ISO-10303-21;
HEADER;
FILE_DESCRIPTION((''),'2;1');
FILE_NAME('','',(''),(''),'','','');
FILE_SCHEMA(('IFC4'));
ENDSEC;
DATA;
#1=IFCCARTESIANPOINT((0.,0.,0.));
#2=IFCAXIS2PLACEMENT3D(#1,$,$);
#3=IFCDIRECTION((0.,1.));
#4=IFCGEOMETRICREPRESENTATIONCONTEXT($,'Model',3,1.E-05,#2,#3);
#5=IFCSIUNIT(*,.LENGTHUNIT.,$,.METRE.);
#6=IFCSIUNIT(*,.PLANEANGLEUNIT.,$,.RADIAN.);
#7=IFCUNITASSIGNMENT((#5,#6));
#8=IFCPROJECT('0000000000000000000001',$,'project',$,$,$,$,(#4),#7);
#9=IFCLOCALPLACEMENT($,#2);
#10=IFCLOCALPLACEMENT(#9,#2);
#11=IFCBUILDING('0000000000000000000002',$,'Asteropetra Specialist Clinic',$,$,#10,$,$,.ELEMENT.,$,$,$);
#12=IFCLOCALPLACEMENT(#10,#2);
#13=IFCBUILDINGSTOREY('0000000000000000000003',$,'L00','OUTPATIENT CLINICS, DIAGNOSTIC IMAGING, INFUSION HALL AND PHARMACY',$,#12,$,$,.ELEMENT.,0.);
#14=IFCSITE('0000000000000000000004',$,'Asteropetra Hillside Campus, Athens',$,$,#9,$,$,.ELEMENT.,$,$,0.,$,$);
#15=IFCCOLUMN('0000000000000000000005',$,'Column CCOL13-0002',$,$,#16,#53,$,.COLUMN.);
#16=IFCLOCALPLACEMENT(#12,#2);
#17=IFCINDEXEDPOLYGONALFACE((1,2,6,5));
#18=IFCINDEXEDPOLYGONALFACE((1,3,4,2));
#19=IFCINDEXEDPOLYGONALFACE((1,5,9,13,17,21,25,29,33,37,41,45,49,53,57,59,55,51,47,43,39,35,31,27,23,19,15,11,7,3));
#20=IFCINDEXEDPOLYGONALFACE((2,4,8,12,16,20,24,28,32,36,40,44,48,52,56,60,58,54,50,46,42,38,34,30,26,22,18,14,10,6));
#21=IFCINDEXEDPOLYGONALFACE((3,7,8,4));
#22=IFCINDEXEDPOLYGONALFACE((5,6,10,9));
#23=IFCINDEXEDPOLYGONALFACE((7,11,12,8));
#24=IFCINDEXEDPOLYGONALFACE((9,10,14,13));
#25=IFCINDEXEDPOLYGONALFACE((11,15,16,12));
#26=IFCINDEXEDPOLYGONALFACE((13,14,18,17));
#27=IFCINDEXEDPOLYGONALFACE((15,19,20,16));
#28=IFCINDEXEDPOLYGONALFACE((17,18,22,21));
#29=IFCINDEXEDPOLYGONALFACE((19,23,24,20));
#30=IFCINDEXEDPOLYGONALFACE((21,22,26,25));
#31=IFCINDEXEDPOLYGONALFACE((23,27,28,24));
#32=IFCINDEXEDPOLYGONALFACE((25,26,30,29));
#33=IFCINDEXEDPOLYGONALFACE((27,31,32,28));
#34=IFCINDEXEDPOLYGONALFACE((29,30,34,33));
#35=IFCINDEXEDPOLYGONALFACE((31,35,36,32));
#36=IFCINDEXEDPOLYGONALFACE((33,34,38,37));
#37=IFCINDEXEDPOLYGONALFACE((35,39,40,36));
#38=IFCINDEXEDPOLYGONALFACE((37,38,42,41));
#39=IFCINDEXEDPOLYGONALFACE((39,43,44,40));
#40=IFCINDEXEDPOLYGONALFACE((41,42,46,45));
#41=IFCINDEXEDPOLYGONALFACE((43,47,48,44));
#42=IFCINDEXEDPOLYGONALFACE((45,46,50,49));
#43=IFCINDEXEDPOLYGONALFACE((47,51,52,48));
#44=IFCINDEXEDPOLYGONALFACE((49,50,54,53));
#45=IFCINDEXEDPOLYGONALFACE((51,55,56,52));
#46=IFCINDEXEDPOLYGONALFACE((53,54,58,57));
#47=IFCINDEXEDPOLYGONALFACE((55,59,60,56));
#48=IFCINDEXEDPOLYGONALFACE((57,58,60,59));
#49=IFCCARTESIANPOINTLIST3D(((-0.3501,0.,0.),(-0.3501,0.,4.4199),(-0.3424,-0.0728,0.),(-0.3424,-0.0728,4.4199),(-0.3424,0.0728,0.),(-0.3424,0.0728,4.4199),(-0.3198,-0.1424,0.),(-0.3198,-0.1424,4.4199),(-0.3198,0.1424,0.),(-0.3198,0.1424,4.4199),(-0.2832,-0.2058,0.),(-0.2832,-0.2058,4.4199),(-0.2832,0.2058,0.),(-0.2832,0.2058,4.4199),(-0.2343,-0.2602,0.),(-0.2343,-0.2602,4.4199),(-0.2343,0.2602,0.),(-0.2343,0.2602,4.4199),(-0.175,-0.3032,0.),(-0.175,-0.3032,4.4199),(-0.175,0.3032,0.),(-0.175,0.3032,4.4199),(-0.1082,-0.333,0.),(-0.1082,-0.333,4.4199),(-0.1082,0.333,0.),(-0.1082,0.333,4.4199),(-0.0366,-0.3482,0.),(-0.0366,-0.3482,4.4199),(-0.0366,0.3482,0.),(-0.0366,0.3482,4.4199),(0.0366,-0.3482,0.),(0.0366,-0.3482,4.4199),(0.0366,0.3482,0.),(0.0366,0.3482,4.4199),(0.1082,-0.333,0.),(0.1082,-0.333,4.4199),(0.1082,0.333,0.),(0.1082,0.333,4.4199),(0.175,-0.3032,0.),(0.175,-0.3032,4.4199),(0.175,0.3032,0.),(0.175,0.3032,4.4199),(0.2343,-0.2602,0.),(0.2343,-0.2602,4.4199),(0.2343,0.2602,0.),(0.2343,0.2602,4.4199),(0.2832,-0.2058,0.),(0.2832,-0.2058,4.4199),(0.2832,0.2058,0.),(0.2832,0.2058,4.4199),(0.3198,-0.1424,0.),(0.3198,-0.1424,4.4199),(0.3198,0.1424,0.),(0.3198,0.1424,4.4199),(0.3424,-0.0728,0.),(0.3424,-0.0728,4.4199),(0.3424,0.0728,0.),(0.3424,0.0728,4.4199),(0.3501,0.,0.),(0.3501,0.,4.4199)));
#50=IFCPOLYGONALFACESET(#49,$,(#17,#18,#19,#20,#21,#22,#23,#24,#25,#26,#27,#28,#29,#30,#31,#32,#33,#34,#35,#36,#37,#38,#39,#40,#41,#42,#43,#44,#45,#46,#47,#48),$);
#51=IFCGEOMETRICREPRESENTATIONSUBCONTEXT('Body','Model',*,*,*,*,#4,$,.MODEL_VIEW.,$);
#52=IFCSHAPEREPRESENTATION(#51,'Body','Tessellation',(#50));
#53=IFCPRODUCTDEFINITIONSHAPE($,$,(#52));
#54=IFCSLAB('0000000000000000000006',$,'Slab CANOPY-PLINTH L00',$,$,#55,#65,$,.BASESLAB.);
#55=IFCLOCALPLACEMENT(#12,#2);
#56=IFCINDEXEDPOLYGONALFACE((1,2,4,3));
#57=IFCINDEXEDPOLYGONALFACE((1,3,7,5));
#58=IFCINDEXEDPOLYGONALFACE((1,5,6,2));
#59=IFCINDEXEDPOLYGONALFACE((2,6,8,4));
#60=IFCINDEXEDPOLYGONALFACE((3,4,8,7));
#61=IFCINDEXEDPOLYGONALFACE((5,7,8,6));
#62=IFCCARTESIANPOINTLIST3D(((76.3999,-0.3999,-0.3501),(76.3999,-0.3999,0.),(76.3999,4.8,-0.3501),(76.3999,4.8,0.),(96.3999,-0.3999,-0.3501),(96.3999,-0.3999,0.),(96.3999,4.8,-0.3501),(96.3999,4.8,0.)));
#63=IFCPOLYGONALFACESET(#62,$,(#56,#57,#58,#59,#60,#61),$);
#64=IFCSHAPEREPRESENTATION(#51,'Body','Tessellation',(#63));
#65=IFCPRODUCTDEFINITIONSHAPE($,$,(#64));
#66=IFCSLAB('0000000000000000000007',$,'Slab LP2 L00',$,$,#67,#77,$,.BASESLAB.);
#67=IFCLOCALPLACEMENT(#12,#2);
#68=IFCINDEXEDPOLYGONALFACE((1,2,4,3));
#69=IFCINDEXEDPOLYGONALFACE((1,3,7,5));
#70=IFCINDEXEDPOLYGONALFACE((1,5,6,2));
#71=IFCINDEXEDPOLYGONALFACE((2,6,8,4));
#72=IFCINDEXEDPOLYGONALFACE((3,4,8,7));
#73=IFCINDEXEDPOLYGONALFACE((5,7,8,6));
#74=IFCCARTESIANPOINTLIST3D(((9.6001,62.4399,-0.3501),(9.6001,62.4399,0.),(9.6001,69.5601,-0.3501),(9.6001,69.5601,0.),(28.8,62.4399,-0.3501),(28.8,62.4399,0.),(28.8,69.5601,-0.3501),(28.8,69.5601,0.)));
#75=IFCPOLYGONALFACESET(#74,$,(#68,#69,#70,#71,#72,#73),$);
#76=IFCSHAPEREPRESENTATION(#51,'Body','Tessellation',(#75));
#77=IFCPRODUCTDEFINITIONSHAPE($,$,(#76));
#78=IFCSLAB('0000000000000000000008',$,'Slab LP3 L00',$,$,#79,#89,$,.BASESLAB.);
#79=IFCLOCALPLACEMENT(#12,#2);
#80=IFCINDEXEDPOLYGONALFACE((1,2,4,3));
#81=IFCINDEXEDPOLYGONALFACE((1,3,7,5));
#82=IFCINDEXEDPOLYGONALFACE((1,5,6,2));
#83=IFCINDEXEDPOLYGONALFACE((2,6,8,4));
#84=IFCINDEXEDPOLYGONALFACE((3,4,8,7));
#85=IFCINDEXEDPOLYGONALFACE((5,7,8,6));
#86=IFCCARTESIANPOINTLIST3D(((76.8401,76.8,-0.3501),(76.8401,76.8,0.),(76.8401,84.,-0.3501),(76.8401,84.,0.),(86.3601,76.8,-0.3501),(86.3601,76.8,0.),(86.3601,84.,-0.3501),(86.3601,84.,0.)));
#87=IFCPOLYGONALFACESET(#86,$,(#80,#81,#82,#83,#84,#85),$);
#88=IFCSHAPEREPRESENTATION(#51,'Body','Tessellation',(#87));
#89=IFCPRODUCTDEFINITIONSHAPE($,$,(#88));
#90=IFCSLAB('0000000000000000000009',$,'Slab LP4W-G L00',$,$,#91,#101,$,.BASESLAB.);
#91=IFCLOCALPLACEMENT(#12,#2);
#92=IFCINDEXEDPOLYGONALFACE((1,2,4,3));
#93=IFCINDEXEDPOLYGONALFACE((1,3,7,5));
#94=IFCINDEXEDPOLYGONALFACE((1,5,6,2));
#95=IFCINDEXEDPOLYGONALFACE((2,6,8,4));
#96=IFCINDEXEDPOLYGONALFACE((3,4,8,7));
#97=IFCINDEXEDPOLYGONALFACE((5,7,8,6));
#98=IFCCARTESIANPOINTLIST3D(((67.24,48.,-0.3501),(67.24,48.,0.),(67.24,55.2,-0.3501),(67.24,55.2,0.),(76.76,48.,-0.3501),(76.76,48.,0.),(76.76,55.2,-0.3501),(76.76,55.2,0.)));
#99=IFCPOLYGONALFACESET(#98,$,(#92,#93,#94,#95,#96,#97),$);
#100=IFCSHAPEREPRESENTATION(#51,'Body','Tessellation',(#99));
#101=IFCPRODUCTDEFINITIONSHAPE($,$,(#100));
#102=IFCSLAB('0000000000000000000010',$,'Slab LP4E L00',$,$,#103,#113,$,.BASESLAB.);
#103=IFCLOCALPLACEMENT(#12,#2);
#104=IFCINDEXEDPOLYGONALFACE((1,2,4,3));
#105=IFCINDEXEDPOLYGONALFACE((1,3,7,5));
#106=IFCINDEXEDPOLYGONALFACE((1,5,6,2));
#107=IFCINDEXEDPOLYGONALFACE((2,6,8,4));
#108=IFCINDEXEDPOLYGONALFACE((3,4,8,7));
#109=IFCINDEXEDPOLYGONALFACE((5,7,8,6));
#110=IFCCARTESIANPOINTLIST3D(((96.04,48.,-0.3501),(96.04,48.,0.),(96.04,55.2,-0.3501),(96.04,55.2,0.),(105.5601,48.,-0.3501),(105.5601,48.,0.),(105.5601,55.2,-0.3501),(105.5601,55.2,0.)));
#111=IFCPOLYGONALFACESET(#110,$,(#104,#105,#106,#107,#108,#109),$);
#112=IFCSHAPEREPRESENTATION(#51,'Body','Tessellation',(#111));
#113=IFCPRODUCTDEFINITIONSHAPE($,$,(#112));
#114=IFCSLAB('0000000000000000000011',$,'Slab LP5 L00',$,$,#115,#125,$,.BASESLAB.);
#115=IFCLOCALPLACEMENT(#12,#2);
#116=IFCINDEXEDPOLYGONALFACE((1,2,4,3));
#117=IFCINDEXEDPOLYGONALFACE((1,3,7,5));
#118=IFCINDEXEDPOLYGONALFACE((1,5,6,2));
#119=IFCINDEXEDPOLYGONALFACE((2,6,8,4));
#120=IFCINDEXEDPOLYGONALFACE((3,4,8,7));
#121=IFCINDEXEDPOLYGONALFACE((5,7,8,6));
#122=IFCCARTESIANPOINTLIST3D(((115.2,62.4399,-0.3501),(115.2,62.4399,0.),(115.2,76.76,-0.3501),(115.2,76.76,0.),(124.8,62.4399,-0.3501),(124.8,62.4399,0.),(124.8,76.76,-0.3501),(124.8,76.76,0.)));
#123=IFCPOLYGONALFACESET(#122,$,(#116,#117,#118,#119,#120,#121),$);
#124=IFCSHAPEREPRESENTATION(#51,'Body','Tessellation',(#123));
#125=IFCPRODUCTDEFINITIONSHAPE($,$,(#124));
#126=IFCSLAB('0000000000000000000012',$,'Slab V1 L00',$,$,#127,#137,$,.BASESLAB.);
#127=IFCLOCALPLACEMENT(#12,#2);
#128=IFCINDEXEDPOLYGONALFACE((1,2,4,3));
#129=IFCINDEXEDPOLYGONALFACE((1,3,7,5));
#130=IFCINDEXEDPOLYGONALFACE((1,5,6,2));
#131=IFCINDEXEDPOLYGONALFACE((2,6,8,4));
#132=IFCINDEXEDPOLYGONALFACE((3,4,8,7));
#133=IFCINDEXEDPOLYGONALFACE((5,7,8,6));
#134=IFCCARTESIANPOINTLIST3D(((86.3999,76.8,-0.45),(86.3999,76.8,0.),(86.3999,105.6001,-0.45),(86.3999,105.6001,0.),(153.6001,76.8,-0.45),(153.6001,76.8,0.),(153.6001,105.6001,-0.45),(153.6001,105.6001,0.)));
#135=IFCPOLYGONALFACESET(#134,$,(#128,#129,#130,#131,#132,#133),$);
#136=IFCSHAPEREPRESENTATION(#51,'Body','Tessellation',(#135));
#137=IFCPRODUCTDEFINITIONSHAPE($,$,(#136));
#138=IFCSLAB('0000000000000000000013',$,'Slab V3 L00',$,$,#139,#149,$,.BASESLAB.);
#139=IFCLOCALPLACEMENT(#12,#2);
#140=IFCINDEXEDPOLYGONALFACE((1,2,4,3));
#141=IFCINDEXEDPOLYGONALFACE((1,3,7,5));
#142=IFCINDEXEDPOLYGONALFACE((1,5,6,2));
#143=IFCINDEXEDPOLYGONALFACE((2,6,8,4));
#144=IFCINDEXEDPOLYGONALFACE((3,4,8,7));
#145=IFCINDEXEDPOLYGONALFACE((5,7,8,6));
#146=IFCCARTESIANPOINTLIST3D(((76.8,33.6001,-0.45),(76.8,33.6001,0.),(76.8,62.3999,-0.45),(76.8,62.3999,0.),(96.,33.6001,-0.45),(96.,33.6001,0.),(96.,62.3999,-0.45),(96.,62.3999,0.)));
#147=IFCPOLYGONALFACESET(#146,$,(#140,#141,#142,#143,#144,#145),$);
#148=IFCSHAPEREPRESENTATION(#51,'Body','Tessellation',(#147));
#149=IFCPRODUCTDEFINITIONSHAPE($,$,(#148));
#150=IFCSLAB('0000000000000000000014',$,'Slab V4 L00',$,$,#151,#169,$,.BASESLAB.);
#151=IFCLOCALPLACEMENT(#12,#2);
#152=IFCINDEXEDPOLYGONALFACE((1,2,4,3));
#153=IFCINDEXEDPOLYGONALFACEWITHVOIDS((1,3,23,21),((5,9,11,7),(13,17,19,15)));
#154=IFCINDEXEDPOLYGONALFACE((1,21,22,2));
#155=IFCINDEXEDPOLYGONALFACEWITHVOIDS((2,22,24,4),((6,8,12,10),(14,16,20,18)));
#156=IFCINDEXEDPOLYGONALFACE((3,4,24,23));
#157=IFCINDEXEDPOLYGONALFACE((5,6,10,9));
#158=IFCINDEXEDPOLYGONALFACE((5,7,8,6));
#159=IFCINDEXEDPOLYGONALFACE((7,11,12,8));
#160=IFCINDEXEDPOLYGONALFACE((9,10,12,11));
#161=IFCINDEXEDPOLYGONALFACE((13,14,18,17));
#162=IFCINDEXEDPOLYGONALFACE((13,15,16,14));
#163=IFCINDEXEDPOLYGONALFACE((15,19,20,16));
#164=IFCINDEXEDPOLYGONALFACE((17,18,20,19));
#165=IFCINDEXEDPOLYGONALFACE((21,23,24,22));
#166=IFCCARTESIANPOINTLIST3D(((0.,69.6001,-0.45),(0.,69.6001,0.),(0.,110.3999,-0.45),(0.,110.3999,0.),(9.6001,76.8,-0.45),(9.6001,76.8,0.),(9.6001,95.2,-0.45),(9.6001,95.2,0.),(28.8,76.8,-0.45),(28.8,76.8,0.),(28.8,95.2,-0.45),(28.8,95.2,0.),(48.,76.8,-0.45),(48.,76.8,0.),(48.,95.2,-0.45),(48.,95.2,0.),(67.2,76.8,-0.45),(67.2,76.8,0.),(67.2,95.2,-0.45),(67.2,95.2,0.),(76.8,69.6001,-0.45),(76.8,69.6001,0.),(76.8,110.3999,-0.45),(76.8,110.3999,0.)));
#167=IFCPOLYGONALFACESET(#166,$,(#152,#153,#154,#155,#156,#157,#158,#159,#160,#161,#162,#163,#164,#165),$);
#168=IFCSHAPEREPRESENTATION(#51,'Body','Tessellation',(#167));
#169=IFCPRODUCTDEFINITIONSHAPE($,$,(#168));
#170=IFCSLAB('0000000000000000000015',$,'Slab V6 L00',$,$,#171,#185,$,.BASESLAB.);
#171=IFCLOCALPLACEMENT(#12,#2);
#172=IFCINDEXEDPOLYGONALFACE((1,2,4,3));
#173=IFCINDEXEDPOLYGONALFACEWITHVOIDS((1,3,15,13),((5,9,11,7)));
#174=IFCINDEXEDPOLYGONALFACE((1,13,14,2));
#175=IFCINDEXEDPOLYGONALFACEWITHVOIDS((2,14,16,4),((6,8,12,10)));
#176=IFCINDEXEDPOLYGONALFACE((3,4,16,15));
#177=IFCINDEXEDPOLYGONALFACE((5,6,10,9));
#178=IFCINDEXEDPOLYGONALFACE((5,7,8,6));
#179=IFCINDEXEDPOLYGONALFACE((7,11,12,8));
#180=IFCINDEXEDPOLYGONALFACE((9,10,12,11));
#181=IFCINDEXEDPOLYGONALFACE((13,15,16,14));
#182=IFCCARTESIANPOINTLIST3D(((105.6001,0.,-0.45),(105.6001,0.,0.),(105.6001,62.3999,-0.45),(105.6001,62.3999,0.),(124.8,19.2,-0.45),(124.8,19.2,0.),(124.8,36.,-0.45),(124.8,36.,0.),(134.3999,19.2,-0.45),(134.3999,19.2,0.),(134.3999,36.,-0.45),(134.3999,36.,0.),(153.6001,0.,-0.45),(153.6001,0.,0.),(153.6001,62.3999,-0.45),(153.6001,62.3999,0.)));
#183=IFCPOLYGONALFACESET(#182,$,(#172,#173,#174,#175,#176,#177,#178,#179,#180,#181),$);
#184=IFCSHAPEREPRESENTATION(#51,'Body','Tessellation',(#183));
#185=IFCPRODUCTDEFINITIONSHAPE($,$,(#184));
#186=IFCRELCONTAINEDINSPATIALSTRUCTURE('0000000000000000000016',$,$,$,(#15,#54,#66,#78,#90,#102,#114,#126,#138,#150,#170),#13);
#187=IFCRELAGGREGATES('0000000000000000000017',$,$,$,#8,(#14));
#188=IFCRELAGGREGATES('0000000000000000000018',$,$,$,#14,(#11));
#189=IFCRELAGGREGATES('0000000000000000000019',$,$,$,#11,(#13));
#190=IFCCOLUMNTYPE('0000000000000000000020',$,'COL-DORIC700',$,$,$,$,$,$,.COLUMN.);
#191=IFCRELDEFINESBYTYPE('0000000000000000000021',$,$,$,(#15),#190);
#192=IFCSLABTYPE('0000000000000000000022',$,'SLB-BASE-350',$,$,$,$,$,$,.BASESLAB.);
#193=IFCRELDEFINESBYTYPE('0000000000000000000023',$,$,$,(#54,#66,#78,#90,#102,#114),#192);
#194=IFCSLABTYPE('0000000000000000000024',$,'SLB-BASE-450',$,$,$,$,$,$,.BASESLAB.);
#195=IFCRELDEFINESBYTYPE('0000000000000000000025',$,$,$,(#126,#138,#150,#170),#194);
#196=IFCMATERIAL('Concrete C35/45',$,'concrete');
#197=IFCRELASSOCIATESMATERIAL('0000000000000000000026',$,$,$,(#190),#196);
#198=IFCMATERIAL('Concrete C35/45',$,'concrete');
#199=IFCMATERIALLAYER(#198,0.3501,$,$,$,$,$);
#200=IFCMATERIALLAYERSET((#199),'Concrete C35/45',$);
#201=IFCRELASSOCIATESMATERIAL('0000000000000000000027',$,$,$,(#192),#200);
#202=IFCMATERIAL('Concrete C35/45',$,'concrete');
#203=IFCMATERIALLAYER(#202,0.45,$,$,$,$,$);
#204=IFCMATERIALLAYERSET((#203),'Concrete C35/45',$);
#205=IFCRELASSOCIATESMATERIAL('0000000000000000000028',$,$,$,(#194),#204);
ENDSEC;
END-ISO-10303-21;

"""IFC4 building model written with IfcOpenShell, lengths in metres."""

from ifc_helpers import new_model, si_unit, direction, frame, origin, origin_with_axes, origin_2d, place, context, subcontext, project, spatial, polyline, circle, outline, extrude, material, layer, layer_set, material_profile, profile_set, type_object, element, save


model = new_model("IFC4")

# Units and contexts
model_context = context("Model", 3, precision=1e-05, world=origin(), true_north=direction((0.0, 1.0)))
body_context = subcontext(model_context, "Body", "Model", "MODEL_VIEW")
ifc_project = project(units=[si_unit("LENGTHUNIT", "METRE"), si_unit("PLANEANGLEUNIT", "RADIAN")], contexts=[model_context])

# Site, building, storey
site_placement = place(None, origin())
site = spatial("IfcSite", under=ifc_project, at=site_placement, Name="Asteropetra Hillside Campus, Athens", CompositionType="ELEMENT", RefElevation=0.0)
building_placement = place(site_placement, origin())
building = spatial("IfcBuilding", under=site, at=building_placement, Name="Asteropetra Specialist Clinic", CompositionType="ELEMENT")
storey_placement = place(building_placement, origin())
storey = spatial("IfcBuildingStorey", under=building, at=storey_placement, Name="L00", Description="OUTPATIENT CLINICS, DIAGNOSTIC IMAGING, INFUSION HALL AND PHARMACY", CompositionType="ELEMENT", Elevation=0.0)

# Column
ifc_material_1 = material(Name="Concrete C35/45", Category="concrete")
ifc_material_profile = material_profile(ifc_material_1, circle(Radius=0.3501, at=origin_2d()), Name="RCC D700")
ifc_profile_set = profile_set([ifc_material_profile], Name="Concrete C35/45")
column_type = type_object("IfcColumnType", Name="COL-DORIC700", PredefinedType="COLUMN", material=ifc_profile_set)
column_placement = place(storey_placement, origin_with_axes())
element("IfcColumn", 1, at=column_placement, inside=storey, type_object=column_type, Name="Column CCOL13-0002", PredefinedType="COLUMN", context=body_context, shape_type="SweptSolid", body=[
    extrude(circle(Radius=0.3501, at=origin_2d()), origin(), (0.0, 0.0, 1.0), 4.4199),
])

# Slabs
ifc_material_2 = material(Name="Concrete C35/45", Category="concrete")
ifc_layer_1 = layer(ifc_material_2, 0.3501)
ifc_layer_set_1 = layer_set([ifc_layer_1], Name="Concrete C35/45")
slab_type_1 = type_object("IfcSlabType", Name="SLB-BASE-350", PredefinedType="BASESLAB", material=ifc_layer_set_1)
slab_1_placement = place(storey_placement, frame((0.0, 0.0, -0.3501)))
element("IfcSlab", 2, at=slab_1_placement, inside=storey, type_object=slab_type_1, Name="Slab CANOPY-PLINTH L00", PredefinedType="BASESLAB", context=body_context, shape_type="SweptSolid", body=[
    extrude(outline(polyline([(76.3999, -0.3999), (96.3999, -0.3999), (96.3999, 4.8), (76.3999, 4.8), (76.3999, -0.3999)])), origin(), (0.0, 0.0, 1.0), 0.3501),
])
slab_2_placement = place(storey_placement, frame((0.0, 0.0, -0.3501)))
element("IfcSlab", 3, at=slab_2_placement, inside=storey, type_object=slab_type_1, Name="Slab LP2 L00", PredefinedType="BASESLAB", context=body_context, shape_type="SweptSolid", body=[
    extrude(outline(polyline([(9.6001, 62.4399), (28.8, 62.4399), (28.8, 69.5601), (9.6001, 69.5601), (9.6001, 62.4399)])), origin(), (0.0, 0.0, 1.0), 0.3501),
])
slab_3_placement = place(storey_placement, frame((0.0, 0.0, -0.3501)))
element("IfcSlab", 4, at=slab_3_placement, inside=storey, type_object=slab_type_1, Name="Slab LP3 L00", PredefinedType="BASESLAB", context=body_context, shape_type="SweptSolid", body=[
    extrude(outline(polyline([(76.8401, 76.8), (86.3601, 76.8), (86.3601, 84.0), (76.8401, 84.0), (76.8401, 76.8)])), origin(), (0.0, 0.0, 1.0), 0.3501),
])
slab_4_placement = place(storey_placement, frame((0.0, 0.0, -0.3501)))
element("IfcSlab", 5, at=slab_4_placement, inside=storey, type_object=slab_type_1, Name="Slab LP4W-G L00", PredefinedType="BASESLAB", context=body_context, shape_type="SweptSolid", body=[
    extrude(outline(polyline([(67.24, 48.0), (76.76, 48.0), (76.76, 55.2), (67.24, 55.2), (67.24, 48.0)])), origin(), (0.0, 0.0, 1.0), 0.3501),
])
slab_5_placement = place(storey_placement, frame((0.0, 0.0, -0.3501)))
element("IfcSlab", 6, at=slab_5_placement, inside=storey, type_object=slab_type_1, Name="Slab LP4E L00", PredefinedType="BASESLAB", context=body_context, shape_type="SweptSolid", body=[
    extrude(outline(polyline([(96.04, 48.0), (105.5601, 48.0), (105.5601, 55.2), (96.04, 55.2), (96.04, 48.0)])), origin(), (0.0, 0.0, 1.0), 0.3501),
])
slab_6_placement = place(storey_placement, frame((0.0, 0.0, -0.3501)))
element("IfcSlab", 7, at=slab_6_placement, inside=storey, type_object=slab_type_1, Name="Slab LP5 L00", PredefinedType="BASESLAB", context=body_context, shape_type="SweptSolid", body=[
    extrude(outline(polyline([(115.2, 62.4399), (124.8, 62.4399), (124.8, 76.76), (115.2, 76.76), (115.2, 62.4399)])), origin(), (0.0, 0.0, 1.0), 0.3501),
])
ifc_material_3 = material(Name="Concrete C35/45", Category="concrete")
ifc_layer_2 = layer(ifc_material_3, 0.45)
ifc_layer_set_2 = layer_set([ifc_layer_2], Name="Concrete C35/45")
slab_type_2 = type_object("IfcSlabType", Name="SLB-BASE-450", PredefinedType="BASESLAB", material=ifc_layer_set_2)
slab_7_placement = place(storey_placement, frame((0.0, 0.0, -0.45)))
element("IfcSlab", 8, at=slab_7_placement, inside=storey, type_object=slab_type_2, Name="Slab V1 L00", PredefinedType="BASESLAB", context=body_context, shape_type="SweptSolid", body=[
    extrude(outline(polyline([(86.3999, 76.8), (153.6001, 76.8), (153.6001, 105.6001), (86.3999, 105.6001), (86.3999, 76.8)])), origin(), (0.0, 0.0, 1.0), 0.45),
])
slab_8_placement = place(storey_placement, frame((0.0, 0.0, -0.45)))
element("IfcSlab", 9, at=slab_8_placement, inside=storey, type_object=slab_type_2, Name="Slab V3 L00", PredefinedType="BASESLAB", context=body_context, shape_type="SweptSolid", body=[
    extrude(outline(polyline([(76.8, 33.6001), (96.0, 33.6001), (96.0, 62.3999), (76.8, 62.3999), (76.8, 33.6001)])), origin(), (0.0, 0.0, 1.0), 0.45),
])
slab_9_placement = place(storey_placement, frame((0.0, 0.0, -0.45)))
element("IfcSlab", 10, at=slab_9_placement, inside=storey, type_object=slab_type_2, Name="Slab V4 L00", PredefinedType="BASESLAB", context=body_context, shape_type="SweptSolid", body=[
    extrude(outline(polyline([(0.0, 69.6001), (76.8, 69.6001), (76.8, 110.3999), (0.0, 110.3999), (0.0, 69.6001)]), holes=[polyline([(9.6001, 76.8), (28.8, 76.8), (28.8, 95.2), (9.6001, 95.2), (9.6001, 76.8)]), polyline([(48.0, 76.8), (67.2, 76.8), (67.2, 95.2), (48.0, 95.2), (48.0, 76.8)])]), origin(), (0.0, 0.0, 1.0), 0.45),
])
slab_10_placement = place(storey_placement, frame((0.0, 0.0, -0.45)))
element("IfcSlab", 11, at=slab_10_placement, inside=storey, type_object=slab_type_2, Name="Slab V6 L00", PredefinedType="BASESLAB", context=body_context, shape_type="SweptSolid", body=[
    extrude(outline(polyline([(105.6001, 0.0), (153.6001, 0.0), (153.6001, 62.3999), (105.6001, 62.3999), (105.6001, 0.0)]), holes=[polyline([(124.8, 19.2), (134.3999, 19.2), (134.3999, 36.0), (124.8, 36.0), (124.8, 19.2)])]), origin(), (0.0, 0.0, 1.0), 0.45),
])

save(model, "model.ifc")
